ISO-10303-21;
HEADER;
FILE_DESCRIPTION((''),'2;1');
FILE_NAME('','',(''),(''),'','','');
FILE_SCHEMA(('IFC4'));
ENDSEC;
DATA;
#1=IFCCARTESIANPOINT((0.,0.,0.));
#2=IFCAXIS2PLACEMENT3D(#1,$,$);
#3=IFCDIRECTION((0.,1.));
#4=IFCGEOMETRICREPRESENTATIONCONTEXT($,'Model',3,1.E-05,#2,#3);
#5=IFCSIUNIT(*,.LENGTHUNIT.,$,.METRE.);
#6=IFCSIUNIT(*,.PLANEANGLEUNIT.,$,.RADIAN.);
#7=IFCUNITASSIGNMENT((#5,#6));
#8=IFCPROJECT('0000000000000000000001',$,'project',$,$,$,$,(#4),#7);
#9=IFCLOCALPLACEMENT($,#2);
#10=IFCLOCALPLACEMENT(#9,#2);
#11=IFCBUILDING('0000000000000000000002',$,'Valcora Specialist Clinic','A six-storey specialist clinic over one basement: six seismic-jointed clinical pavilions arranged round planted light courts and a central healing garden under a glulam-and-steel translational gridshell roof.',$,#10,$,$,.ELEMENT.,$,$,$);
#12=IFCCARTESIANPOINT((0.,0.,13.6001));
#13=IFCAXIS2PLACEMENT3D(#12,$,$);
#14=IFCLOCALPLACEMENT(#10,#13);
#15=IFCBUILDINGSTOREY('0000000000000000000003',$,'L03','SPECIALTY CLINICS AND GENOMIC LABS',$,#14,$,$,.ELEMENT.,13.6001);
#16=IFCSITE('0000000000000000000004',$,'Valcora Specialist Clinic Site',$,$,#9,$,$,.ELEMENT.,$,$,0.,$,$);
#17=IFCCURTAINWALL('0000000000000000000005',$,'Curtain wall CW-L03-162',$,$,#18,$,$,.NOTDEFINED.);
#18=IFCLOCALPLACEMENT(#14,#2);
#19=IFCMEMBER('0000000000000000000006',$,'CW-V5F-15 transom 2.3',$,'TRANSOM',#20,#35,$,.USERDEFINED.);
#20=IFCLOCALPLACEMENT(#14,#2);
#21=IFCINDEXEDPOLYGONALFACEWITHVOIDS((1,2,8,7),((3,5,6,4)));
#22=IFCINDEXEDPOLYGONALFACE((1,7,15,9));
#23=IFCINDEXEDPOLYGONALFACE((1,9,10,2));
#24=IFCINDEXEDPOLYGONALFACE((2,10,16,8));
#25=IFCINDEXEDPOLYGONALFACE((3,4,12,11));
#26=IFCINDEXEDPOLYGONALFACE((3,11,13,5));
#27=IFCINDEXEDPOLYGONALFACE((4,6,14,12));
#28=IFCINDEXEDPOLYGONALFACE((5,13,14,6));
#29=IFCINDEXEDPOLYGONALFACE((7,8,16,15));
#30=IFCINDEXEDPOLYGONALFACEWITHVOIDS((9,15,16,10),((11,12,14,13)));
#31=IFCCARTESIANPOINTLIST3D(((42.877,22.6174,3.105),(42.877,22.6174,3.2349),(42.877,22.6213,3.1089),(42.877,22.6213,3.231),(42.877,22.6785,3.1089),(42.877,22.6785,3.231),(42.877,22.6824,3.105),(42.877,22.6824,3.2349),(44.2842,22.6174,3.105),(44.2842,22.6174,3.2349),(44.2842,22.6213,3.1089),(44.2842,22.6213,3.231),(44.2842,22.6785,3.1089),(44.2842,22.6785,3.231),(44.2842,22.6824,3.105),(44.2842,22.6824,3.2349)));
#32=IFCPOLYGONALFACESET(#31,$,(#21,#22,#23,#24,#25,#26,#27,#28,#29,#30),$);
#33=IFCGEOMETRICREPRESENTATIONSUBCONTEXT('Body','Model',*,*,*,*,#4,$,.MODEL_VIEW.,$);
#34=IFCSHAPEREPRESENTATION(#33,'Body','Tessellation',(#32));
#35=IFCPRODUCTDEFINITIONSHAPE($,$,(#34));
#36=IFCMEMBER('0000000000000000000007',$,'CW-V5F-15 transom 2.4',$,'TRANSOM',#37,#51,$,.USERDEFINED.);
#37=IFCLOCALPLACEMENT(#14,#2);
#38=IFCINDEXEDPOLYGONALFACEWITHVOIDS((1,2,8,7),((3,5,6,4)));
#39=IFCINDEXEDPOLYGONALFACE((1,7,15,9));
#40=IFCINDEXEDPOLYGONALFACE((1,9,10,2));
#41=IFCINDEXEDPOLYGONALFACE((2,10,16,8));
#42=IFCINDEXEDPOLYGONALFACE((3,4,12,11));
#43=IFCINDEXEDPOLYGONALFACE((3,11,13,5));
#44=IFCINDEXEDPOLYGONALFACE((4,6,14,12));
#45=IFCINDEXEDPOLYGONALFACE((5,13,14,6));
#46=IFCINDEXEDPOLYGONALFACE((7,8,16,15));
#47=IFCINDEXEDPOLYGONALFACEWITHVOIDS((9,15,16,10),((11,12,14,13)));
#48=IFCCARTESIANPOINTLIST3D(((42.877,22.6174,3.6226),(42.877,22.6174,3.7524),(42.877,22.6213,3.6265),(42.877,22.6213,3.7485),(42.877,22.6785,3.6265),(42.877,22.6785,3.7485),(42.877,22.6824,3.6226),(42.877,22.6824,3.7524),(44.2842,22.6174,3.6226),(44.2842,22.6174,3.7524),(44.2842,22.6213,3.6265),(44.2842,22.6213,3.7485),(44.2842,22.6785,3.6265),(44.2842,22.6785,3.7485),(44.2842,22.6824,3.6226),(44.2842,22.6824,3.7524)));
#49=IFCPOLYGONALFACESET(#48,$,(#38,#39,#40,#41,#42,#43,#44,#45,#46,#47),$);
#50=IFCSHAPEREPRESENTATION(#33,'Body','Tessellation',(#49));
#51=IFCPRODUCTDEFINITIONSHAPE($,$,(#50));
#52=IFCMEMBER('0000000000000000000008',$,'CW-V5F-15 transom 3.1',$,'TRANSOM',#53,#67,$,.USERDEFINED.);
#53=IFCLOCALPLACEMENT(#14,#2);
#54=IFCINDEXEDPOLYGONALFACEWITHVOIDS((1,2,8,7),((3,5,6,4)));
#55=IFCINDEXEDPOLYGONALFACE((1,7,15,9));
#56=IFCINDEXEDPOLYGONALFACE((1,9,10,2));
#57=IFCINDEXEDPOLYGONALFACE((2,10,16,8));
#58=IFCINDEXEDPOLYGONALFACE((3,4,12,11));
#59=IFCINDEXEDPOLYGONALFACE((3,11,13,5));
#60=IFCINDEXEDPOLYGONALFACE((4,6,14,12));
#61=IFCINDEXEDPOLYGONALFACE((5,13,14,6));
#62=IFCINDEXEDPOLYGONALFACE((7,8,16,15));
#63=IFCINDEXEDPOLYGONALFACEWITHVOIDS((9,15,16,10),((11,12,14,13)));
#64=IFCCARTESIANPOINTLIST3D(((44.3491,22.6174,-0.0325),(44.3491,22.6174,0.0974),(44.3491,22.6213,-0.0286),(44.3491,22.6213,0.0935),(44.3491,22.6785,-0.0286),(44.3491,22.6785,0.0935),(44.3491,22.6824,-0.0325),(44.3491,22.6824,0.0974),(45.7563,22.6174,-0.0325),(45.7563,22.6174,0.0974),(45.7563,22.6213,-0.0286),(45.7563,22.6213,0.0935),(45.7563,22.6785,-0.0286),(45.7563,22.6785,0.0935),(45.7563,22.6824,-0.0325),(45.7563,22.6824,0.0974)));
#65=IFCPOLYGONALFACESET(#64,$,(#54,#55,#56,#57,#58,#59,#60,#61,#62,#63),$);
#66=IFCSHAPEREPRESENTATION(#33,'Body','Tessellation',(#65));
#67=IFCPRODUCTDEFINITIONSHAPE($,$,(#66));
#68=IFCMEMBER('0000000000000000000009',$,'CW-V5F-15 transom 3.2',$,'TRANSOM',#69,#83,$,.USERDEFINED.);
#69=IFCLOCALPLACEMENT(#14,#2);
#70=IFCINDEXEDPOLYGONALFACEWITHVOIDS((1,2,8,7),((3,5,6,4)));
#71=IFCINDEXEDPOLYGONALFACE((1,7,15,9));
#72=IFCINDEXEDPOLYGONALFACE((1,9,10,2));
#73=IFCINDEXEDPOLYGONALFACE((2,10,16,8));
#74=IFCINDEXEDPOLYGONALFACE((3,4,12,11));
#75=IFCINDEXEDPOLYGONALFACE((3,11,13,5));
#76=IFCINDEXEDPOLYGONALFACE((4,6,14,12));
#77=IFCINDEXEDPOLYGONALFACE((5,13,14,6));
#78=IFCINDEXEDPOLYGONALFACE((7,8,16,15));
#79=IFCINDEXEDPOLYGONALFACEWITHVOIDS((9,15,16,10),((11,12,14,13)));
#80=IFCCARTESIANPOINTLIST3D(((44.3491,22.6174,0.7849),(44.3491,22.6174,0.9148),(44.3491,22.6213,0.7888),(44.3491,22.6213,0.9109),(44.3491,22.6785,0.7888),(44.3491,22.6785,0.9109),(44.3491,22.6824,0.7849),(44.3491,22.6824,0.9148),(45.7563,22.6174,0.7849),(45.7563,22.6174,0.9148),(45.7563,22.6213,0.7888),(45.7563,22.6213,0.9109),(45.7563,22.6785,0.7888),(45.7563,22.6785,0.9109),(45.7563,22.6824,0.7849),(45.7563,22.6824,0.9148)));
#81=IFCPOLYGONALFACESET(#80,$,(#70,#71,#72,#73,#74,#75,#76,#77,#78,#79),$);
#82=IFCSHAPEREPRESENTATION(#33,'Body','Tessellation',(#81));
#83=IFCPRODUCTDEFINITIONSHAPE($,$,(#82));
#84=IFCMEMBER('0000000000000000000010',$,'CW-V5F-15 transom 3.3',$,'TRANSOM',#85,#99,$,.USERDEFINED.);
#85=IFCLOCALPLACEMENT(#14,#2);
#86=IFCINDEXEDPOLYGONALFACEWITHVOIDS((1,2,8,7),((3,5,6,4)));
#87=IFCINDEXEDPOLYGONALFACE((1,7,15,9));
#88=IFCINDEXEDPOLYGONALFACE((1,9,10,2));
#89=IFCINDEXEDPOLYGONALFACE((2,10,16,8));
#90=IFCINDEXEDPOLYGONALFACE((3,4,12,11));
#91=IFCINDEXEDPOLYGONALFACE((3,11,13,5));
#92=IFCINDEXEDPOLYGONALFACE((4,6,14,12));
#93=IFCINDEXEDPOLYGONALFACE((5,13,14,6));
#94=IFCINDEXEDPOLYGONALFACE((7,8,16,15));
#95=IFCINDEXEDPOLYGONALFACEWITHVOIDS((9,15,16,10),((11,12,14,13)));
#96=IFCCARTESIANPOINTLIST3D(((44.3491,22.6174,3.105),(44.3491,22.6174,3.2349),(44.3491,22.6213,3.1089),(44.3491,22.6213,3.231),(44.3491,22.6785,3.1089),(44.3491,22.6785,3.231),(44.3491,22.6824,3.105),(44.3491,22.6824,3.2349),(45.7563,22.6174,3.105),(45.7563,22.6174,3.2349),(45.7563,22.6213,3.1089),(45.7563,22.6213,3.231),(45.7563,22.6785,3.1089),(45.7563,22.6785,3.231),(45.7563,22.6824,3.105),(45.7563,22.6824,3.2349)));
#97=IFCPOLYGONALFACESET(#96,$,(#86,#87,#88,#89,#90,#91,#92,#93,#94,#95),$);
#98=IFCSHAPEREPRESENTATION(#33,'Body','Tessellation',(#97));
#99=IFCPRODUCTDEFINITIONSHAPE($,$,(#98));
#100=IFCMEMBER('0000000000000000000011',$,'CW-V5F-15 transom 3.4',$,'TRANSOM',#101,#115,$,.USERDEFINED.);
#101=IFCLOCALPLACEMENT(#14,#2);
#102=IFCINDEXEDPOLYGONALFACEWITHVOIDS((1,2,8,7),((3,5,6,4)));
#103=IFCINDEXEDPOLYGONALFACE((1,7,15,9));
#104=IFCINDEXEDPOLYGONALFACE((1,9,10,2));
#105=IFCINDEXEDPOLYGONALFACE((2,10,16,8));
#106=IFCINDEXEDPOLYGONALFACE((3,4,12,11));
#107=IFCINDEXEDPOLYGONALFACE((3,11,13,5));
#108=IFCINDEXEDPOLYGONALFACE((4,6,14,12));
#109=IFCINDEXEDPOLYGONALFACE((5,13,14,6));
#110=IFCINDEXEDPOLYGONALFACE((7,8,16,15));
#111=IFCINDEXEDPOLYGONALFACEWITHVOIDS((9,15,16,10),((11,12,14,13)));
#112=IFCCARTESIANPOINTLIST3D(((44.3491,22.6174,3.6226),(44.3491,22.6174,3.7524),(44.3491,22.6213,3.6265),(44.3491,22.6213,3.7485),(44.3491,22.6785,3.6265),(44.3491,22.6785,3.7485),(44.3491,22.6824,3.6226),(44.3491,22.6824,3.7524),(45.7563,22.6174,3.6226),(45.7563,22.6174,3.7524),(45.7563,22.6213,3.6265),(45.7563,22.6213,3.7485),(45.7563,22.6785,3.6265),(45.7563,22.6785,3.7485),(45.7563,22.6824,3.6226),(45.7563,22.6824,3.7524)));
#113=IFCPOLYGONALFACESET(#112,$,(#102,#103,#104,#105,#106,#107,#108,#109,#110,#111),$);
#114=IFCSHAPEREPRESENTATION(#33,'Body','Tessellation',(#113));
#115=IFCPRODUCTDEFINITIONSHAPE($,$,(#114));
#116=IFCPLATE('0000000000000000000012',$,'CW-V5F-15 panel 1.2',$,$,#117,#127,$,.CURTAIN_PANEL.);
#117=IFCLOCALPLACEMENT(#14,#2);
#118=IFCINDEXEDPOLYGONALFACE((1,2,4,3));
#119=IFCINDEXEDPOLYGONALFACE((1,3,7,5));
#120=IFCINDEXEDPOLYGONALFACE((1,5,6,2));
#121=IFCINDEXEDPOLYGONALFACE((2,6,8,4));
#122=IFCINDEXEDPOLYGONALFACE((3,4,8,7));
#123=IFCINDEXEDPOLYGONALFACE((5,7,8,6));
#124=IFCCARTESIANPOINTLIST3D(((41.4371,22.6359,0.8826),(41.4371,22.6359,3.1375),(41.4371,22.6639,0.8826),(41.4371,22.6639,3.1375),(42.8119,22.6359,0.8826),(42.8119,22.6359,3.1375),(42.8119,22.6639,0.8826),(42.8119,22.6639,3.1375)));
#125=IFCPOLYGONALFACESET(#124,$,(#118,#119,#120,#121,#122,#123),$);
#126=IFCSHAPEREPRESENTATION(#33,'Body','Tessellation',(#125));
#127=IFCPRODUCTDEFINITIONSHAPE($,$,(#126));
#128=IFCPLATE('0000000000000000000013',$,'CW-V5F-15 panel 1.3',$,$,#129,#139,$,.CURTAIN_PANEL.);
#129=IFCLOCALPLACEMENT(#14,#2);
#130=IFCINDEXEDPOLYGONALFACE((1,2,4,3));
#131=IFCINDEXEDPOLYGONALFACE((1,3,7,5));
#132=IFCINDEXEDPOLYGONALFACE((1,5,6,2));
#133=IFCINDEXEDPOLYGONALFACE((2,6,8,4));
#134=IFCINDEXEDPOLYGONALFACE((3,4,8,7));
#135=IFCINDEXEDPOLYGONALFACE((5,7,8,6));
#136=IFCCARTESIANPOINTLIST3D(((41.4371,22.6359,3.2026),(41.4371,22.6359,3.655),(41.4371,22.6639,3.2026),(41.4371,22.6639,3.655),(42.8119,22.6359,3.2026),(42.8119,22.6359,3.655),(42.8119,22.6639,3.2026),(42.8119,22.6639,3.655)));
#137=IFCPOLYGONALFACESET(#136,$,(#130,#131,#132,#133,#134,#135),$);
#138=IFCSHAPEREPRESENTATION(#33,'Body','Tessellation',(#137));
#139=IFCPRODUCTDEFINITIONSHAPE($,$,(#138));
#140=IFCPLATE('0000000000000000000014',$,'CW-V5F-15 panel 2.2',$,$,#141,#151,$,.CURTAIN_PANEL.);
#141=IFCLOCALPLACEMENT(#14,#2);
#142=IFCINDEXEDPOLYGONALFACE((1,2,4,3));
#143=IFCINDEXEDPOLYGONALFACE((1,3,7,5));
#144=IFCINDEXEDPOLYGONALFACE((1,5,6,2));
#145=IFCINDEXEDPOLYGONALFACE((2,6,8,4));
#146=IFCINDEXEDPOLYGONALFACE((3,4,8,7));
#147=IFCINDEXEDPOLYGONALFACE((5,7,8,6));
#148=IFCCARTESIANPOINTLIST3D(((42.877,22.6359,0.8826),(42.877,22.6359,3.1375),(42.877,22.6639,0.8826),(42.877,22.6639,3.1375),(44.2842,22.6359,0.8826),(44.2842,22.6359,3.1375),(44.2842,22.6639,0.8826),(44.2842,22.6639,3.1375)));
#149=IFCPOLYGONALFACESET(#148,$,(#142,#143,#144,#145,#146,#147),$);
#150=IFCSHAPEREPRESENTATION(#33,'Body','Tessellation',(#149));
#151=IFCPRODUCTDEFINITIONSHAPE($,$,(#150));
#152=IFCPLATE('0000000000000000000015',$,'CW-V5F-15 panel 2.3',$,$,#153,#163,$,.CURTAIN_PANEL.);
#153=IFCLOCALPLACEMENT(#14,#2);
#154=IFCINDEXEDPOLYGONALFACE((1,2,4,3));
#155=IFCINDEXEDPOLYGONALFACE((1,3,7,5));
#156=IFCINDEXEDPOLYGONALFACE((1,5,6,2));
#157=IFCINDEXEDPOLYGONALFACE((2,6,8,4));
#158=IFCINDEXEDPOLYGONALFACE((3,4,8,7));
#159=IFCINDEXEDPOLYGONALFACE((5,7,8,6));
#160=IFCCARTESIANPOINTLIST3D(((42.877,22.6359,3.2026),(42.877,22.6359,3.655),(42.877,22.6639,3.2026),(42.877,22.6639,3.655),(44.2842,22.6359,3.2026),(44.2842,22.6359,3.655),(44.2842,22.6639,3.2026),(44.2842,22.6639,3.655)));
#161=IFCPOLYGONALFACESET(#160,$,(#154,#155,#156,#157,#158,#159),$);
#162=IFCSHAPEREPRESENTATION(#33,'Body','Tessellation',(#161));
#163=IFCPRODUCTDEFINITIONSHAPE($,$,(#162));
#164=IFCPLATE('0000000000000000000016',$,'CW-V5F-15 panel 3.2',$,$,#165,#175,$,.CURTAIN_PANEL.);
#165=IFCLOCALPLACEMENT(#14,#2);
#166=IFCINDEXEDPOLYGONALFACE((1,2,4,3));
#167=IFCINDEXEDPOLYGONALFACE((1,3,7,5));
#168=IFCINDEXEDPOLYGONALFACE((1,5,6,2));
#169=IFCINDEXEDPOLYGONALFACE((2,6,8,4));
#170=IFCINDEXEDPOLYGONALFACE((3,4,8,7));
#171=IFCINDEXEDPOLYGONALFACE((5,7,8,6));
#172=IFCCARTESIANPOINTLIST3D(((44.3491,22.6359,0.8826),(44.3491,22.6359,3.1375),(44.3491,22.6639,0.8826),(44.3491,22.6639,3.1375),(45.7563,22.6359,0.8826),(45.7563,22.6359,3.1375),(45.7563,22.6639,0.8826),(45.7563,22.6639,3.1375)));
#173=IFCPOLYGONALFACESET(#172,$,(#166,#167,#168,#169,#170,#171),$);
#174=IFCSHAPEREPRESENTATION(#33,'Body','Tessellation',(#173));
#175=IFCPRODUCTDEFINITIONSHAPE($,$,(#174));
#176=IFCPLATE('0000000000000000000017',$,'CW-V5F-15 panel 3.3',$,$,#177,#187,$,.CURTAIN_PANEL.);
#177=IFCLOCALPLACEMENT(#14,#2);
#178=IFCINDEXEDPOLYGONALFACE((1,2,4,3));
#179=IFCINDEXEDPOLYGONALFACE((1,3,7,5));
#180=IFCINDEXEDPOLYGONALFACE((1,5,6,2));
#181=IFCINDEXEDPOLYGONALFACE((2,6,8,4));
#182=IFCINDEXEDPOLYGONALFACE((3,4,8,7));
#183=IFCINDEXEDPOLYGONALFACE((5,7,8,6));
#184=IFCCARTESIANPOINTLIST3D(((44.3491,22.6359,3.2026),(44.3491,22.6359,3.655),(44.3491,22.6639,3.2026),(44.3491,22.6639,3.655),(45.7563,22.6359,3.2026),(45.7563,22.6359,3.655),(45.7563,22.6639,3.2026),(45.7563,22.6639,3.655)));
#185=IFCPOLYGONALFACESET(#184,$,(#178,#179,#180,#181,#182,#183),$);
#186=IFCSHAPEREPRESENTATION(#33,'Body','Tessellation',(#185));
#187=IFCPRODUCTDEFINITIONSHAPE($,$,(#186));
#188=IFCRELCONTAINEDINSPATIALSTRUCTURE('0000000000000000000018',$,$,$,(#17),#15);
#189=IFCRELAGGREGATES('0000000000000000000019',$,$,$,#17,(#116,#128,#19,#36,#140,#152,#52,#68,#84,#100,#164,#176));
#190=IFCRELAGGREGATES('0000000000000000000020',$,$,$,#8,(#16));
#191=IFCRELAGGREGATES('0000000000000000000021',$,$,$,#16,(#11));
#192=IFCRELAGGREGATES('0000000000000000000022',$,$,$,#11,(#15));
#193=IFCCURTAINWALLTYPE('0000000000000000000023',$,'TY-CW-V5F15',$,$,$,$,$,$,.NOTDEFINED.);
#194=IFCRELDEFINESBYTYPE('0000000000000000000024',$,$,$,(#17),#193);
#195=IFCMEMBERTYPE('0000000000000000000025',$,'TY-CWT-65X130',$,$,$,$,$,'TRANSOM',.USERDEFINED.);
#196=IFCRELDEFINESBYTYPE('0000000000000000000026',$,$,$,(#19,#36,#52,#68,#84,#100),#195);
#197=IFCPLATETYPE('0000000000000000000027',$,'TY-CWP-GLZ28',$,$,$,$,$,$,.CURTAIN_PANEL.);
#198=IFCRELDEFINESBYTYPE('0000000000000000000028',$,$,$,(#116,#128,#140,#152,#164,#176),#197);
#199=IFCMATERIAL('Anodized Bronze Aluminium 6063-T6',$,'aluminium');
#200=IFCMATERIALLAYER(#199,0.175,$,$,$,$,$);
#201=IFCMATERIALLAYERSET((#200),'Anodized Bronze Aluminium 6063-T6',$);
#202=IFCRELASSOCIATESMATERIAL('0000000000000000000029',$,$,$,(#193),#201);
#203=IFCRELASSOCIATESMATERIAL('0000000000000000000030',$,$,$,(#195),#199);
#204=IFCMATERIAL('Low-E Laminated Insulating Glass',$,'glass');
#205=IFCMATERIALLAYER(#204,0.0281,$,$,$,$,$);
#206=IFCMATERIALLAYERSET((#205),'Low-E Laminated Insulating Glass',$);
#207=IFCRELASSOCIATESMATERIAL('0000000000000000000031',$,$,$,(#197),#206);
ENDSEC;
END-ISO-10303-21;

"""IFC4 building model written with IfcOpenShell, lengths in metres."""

from ifc_helpers import new_model, si_unit, direction, frame, origin, origin_2d, place, context, subcontext, project, spatial, rectangle, hollow_rectangle, extrude, material, layer, layer_set, material_profile, profile_set, type_object, element, aggregate, save


model = new_model("IFC4")

# Units and contexts
model_context = context("Model", 3, precision=1e-05, world=origin(), true_north=direction((0.0, 1.0)))
body_context = subcontext(model_context, "Body", "Model", "MODEL_VIEW")
ifc_project = project(units=[si_unit("LENGTHUNIT", "METRE"), si_unit("PLANEANGLEUNIT", "RADIAN")], contexts=[model_context])

# Site, building, storey
site_placement = place(None, origin())
site = spatial("IfcSite", under=ifc_project, at=site_placement, Name="Valcora Specialist Clinic Site", CompositionType="ELEMENT", RefElevation=0.0)
building_placement = place(site_placement, origin())
building = spatial("IfcBuilding", under=site, at=building_placement, Name="Valcora Specialist Clinic", Description="A six-storey specialist clinic over one basement: six seismic-jointed clinical pavilions arranged round planted light courts and a central healing garden under a glulam-and-steel translational gridshell roof.", CompositionType="ELEMENT")
storey_placement = place(building_placement, frame((0.0, 0.0, 13.6001)))
storey = spatial("IfcBuildingStorey", under=building, at=storey_placement, Name="L03", Description="SPECIALTY CLINICS AND GENOMIC LABS", CompositionType="ELEMENT", Elevation=13.6001)

# Shared definitions
ifc_material_1 = material(Name="Anodized Bronze Aluminium 6063-T6", Category="aluminium")
ifc_layer_1 = layer(ifc_material_1, 0.175)
ifc_layer_set_1 = layer_set([ifc_layer_1], Name="Anodized Bronze Aluminium 6063-T6")
curtain_wall_type = type_object("IfcCurtainWallType", Name="TY-CW-V5F15", PredefinedType="NOTDEFINED", material=ifc_layer_set_1)

# Curtain wall
curtain_wall_1_placement = place(storey_placement, origin())
curtain_wall_1 = element("IfcCurtainWall", 1, at=curtain_wall_1_placement, inside=storey, type_object=curtain_wall_type, Name="Curtain wall CW-L03-162", PredefinedType="NOTDEFINED")

# Members
ifc_material_profile_1 = material_profile(ifc_material_1, hollow_rectangle(XDim=0.0649, YDim=0.1299, WallThickness=0.0039, at=origin_2d()), Name="AL-TRN-65X130")
ifc_profile_set_1 = profile_set([ifc_material_profile_1], Name="Anodized Bronze Aluminium 6063-T6")
member_type_1 = type_object("IfcMemberType", Name="TY-CWT-65X130", ElementType="TRANSOM", PredefinedType="USERDEFINED", material=ifc_profile_set_1)
member_1_placement = place(storey_placement, frame((42.877, 22.6499, 3.1699), z_axis=(1.0, 0.0, 0.0), x_axis=(0.0, 1.0, 0.0)))
member_1 = element("IfcMember", 2, at=member_1_placement, type_object=member_type_1, Name="CW-V5F-15 transom 2.3", ObjectType="TRANSOM", PredefinedType="USERDEFINED", context=body_context, shape_type="SweptSolid", body=[
    extrude(hollow_rectangle(XDim=0.0649, YDim=0.1299, WallThickness=0.0039, at=origin_2d()), origin(), (0.0, 0.0, 1.0), 1.4072),
])
member_2_placement = place(storey_placement, frame((42.877, 22.6499, 3.6875), z_axis=(1.0, 0.0, 0.0), x_axis=(0.0, 1.0, 0.0)))
member_2 = element("IfcMember", 3, at=member_2_placement, type_object=member_type_1, Name="CW-V5F-15 transom 2.4", ObjectType="TRANSOM", PredefinedType="USERDEFINED", context=body_context, shape_type="SweptSolid", body=[
    extrude(hollow_rectangle(XDim=0.0649, YDim=0.1299, WallThickness=0.0039, at=origin_2d()), origin(), (0.0, 0.0, 1.0), 1.4072),
])
member_3_placement = place(storey_placement, frame((44.3491, 22.6499, 0.0325), z_axis=(1.0, 0.0, 0.0), x_axis=(0.0, 1.0, 0.0)))
member_3 = element("IfcMember", 4, at=member_3_placement, type_object=member_type_1, Name="CW-V5F-15 transom 3.1", ObjectType="TRANSOM", PredefinedType="USERDEFINED", context=body_context, shape_type="SweptSolid", body=[
    extrude(hollow_rectangle(XDim=0.0649, YDim=0.1299, WallThickness=0.0039, at=origin_2d()), origin(), (0.0, 0.0, 1.0), 1.4072),
])
member_4_placement = place(storey_placement, frame((44.3491, 22.6499, 0.8499), z_axis=(1.0, 0.0, 0.0), x_axis=(0.0, 1.0, 0.0)))
member_4 = element("IfcMember", 5, at=member_4_placement, type_object=member_type_1, Name="CW-V5F-15 transom 3.2", ObjectType="TRANSOM", PredefinedType="USERDEFINED", context=body_context, shape_type="SweptSolid", body=[
    extrude(hollow_rectangle(XDim=0.0649, YDim=0.1299, WallThickness=0.0039, at=origin_2d()), origin(), (0.0, 0.0, 1.0), 1.4072),
])
member_5_placement = place(storey_placement, frame((44.3491, 22.6499, 3.1699), z_axis=(1.0, 0.0, 0.0), x_axis=(0.0, 1.0, 0.0)))
member_5 = element("IfcMember", 6, at=member_5_placement, type_object=member_type_1, Name="CW-V5F-15 transom 3.3", ObjectType="TRANSOM", PredefinedType="USERDEFINED", context=body_context, shape_type="SweptSolid", body=[
    extrude(hollow_rectangle(XDim=0.0649, YDim=0.1299, WallThickness=0.0039, at=origin_2d()), origin(), (0.0, 0.0, 1.0), 1.4072),
])
member_6_placement = place(storey_placement, frame((44.3491, 22.6499, 3.6875), z_axis=(1.0, 0.0, 0.0), x_axis=(0.0, 1.0, 0.0)))
member_6 = element("IfcMember", 7, at=member_6_placement, type_object=member_type_1, Name="CW-V5F-15 transom 3.4", ObjectType="TRANSOM", PredefinedType="USERDEFINED", context=body_context, shape_type="SweptSolid", body=[
    extrude(hollow_rectangle(XDim=0.0649, YDim=0.1299, WallThickness=0.0039, at=origin_2d()), origin(), (0.0, 0.0, 1.0), 1.4072),
])

# Plates
ifc_material_2 = material(Name="Low-E Laminated Insulating Glass", Category="glass")
ifc_layer_2 = layer(ifc_material_2, 0.0281)
ifc_layer_set_2 = layer_set([ifc_layer_2], Name="Low-E Laminated Insulating Glass")
plate_type_1 = type_object("IfcPlateType", Name="TY-CWP-GLZ28", PredefinedType="CURTAIN_PANEL", material=ifc_layer_set_2)
plate_1_placement = place(storey_placement, frame((42.1245, 22.6499, 0.8826), z_axis=(0.0, 0.0, 1.0), x_axis=(1.0, 0.0, 0.0)))
plate_1 = element("IfcPlate", 8, at=plate_1_placement, type_object=plate_type_1, Name="CW-V5F-15 panel 1.2", PredefinedType="CURTAIN_PANEL", context=body_context, shape_type="SweptSolid", body=[
    extrude(rectangle(XDim=1.3748, YDim=0.0281, at=origin_2d()), origin(), (0.0, 0.0, 1.0), 2.2549),
])
plate_2_placement = place(storey_placement, frame((42.1245, 22.6499, 3.2026), z_axis=(0.0, 0.0, 1.0), x_axis=(1.0, 0.0, 0.0)))
plate_2 = element("IfcPlate", 9, at=plate_2_placement, type_object=plate_type_1, Name="CW-V5F-15 panel 1.3", PredefinedType="CURTAIN_PANEL", context=body_context, shape_type="SweptSolid", body=[
    extrude(rectangle(XDim=1.3748, YDim=0.0281, at=origin_2d()), origin(), (0.0, 0.0, 1.0), 0.4524),
])
plate_3_placement = place(storey_placement, frame((43.5806, 22.6499, 0.8826), z_axis=(0.0, 0.0, 1.0), x_axis=(1.0, 0.0, 0.0)))
plate_3 = element("IfcPlate", 10, at=plate_3_placement, type_object=plate_type_1, Name="CW-V5F-15 panel 2.2", PredefinedType="CURTAIN_PANEL", context=body_context, shape_type="SweptSolid", body=[
    extrude(rectangle(XDim=1.4072, YDim=0.0281, at=origin_2d()), origin(), (0.0, 0.0, 1.0), 2.2549),
])
plate_4_placement = place(storey_placement, frame((43.5806, 22.6499, 3.2026), z_axis=(0.0, 0.0, 1.0), x_axis=(1.0, 0.0, 0.0)))
plate_4 = element("IfcPlate", 11, at=plate_4_placement, type_object=plate_type_1, Name="CW-V5F-15 panel 2.3", PredefinedType="CURTAIN_PANEL", context=body_context, shape_type="SweptSolid", body=[
    extrude(rectangle(XDim=1.4072, YDim=0.0281, at=origin_2d()), origin(), (0.0, 0.0, 1.0), 0.4524),
])
plate_5_placement = place(storey_placement, frame((45.0527, 22.6499, 0.8826), z_axis=(0.0, 0.0, 1.0), x_axis=(1.0, 0.0, 0.0)))
plate_5 = element("IfcPlate", 12, at=plate_5_placement, type_object=plate_type_1, Name="CW-V5F-15 panel 3.2", PredefinedType="CURTAIN_PANEL", context=body_context, shape_type="SweptSolid", body=[
    extrude(rectangle(XDim=1.4072, YDim=0.0281, at=origin_2d()), origin(), (0.0, 0.0, 1.0), 2.2549),
])
plate_6_placement = place(storey_placement, frame((45.0527, 22.6499, 3.2026), z_axis=(0.0, 0.0, 1.0), x_axis=(1.0, 0.0, 0.0)))
plate_6 = element("IfcPlate", 13, at=plate_6_placement, type_object=plate_type_1, Name="CW-V5F-15 panel 3.3", PredefinedType="CURTAIN_PANEL", context=body_context, shape_type="SweptSolid", body=[
    extrude(rectangle(XDim=1.4072, YDim=0.0281, at=origin_2d()), origin(), (0.0, 0.0, 1.0), 0.4524),
])
aggregate(curtain_wall_1, [plate_1, plate_2, member_1, member_2, plate_3, plate_4, member_3, member_4, member_5, member_6, plate_5, plate_6])

save(model, "model.ifc")
